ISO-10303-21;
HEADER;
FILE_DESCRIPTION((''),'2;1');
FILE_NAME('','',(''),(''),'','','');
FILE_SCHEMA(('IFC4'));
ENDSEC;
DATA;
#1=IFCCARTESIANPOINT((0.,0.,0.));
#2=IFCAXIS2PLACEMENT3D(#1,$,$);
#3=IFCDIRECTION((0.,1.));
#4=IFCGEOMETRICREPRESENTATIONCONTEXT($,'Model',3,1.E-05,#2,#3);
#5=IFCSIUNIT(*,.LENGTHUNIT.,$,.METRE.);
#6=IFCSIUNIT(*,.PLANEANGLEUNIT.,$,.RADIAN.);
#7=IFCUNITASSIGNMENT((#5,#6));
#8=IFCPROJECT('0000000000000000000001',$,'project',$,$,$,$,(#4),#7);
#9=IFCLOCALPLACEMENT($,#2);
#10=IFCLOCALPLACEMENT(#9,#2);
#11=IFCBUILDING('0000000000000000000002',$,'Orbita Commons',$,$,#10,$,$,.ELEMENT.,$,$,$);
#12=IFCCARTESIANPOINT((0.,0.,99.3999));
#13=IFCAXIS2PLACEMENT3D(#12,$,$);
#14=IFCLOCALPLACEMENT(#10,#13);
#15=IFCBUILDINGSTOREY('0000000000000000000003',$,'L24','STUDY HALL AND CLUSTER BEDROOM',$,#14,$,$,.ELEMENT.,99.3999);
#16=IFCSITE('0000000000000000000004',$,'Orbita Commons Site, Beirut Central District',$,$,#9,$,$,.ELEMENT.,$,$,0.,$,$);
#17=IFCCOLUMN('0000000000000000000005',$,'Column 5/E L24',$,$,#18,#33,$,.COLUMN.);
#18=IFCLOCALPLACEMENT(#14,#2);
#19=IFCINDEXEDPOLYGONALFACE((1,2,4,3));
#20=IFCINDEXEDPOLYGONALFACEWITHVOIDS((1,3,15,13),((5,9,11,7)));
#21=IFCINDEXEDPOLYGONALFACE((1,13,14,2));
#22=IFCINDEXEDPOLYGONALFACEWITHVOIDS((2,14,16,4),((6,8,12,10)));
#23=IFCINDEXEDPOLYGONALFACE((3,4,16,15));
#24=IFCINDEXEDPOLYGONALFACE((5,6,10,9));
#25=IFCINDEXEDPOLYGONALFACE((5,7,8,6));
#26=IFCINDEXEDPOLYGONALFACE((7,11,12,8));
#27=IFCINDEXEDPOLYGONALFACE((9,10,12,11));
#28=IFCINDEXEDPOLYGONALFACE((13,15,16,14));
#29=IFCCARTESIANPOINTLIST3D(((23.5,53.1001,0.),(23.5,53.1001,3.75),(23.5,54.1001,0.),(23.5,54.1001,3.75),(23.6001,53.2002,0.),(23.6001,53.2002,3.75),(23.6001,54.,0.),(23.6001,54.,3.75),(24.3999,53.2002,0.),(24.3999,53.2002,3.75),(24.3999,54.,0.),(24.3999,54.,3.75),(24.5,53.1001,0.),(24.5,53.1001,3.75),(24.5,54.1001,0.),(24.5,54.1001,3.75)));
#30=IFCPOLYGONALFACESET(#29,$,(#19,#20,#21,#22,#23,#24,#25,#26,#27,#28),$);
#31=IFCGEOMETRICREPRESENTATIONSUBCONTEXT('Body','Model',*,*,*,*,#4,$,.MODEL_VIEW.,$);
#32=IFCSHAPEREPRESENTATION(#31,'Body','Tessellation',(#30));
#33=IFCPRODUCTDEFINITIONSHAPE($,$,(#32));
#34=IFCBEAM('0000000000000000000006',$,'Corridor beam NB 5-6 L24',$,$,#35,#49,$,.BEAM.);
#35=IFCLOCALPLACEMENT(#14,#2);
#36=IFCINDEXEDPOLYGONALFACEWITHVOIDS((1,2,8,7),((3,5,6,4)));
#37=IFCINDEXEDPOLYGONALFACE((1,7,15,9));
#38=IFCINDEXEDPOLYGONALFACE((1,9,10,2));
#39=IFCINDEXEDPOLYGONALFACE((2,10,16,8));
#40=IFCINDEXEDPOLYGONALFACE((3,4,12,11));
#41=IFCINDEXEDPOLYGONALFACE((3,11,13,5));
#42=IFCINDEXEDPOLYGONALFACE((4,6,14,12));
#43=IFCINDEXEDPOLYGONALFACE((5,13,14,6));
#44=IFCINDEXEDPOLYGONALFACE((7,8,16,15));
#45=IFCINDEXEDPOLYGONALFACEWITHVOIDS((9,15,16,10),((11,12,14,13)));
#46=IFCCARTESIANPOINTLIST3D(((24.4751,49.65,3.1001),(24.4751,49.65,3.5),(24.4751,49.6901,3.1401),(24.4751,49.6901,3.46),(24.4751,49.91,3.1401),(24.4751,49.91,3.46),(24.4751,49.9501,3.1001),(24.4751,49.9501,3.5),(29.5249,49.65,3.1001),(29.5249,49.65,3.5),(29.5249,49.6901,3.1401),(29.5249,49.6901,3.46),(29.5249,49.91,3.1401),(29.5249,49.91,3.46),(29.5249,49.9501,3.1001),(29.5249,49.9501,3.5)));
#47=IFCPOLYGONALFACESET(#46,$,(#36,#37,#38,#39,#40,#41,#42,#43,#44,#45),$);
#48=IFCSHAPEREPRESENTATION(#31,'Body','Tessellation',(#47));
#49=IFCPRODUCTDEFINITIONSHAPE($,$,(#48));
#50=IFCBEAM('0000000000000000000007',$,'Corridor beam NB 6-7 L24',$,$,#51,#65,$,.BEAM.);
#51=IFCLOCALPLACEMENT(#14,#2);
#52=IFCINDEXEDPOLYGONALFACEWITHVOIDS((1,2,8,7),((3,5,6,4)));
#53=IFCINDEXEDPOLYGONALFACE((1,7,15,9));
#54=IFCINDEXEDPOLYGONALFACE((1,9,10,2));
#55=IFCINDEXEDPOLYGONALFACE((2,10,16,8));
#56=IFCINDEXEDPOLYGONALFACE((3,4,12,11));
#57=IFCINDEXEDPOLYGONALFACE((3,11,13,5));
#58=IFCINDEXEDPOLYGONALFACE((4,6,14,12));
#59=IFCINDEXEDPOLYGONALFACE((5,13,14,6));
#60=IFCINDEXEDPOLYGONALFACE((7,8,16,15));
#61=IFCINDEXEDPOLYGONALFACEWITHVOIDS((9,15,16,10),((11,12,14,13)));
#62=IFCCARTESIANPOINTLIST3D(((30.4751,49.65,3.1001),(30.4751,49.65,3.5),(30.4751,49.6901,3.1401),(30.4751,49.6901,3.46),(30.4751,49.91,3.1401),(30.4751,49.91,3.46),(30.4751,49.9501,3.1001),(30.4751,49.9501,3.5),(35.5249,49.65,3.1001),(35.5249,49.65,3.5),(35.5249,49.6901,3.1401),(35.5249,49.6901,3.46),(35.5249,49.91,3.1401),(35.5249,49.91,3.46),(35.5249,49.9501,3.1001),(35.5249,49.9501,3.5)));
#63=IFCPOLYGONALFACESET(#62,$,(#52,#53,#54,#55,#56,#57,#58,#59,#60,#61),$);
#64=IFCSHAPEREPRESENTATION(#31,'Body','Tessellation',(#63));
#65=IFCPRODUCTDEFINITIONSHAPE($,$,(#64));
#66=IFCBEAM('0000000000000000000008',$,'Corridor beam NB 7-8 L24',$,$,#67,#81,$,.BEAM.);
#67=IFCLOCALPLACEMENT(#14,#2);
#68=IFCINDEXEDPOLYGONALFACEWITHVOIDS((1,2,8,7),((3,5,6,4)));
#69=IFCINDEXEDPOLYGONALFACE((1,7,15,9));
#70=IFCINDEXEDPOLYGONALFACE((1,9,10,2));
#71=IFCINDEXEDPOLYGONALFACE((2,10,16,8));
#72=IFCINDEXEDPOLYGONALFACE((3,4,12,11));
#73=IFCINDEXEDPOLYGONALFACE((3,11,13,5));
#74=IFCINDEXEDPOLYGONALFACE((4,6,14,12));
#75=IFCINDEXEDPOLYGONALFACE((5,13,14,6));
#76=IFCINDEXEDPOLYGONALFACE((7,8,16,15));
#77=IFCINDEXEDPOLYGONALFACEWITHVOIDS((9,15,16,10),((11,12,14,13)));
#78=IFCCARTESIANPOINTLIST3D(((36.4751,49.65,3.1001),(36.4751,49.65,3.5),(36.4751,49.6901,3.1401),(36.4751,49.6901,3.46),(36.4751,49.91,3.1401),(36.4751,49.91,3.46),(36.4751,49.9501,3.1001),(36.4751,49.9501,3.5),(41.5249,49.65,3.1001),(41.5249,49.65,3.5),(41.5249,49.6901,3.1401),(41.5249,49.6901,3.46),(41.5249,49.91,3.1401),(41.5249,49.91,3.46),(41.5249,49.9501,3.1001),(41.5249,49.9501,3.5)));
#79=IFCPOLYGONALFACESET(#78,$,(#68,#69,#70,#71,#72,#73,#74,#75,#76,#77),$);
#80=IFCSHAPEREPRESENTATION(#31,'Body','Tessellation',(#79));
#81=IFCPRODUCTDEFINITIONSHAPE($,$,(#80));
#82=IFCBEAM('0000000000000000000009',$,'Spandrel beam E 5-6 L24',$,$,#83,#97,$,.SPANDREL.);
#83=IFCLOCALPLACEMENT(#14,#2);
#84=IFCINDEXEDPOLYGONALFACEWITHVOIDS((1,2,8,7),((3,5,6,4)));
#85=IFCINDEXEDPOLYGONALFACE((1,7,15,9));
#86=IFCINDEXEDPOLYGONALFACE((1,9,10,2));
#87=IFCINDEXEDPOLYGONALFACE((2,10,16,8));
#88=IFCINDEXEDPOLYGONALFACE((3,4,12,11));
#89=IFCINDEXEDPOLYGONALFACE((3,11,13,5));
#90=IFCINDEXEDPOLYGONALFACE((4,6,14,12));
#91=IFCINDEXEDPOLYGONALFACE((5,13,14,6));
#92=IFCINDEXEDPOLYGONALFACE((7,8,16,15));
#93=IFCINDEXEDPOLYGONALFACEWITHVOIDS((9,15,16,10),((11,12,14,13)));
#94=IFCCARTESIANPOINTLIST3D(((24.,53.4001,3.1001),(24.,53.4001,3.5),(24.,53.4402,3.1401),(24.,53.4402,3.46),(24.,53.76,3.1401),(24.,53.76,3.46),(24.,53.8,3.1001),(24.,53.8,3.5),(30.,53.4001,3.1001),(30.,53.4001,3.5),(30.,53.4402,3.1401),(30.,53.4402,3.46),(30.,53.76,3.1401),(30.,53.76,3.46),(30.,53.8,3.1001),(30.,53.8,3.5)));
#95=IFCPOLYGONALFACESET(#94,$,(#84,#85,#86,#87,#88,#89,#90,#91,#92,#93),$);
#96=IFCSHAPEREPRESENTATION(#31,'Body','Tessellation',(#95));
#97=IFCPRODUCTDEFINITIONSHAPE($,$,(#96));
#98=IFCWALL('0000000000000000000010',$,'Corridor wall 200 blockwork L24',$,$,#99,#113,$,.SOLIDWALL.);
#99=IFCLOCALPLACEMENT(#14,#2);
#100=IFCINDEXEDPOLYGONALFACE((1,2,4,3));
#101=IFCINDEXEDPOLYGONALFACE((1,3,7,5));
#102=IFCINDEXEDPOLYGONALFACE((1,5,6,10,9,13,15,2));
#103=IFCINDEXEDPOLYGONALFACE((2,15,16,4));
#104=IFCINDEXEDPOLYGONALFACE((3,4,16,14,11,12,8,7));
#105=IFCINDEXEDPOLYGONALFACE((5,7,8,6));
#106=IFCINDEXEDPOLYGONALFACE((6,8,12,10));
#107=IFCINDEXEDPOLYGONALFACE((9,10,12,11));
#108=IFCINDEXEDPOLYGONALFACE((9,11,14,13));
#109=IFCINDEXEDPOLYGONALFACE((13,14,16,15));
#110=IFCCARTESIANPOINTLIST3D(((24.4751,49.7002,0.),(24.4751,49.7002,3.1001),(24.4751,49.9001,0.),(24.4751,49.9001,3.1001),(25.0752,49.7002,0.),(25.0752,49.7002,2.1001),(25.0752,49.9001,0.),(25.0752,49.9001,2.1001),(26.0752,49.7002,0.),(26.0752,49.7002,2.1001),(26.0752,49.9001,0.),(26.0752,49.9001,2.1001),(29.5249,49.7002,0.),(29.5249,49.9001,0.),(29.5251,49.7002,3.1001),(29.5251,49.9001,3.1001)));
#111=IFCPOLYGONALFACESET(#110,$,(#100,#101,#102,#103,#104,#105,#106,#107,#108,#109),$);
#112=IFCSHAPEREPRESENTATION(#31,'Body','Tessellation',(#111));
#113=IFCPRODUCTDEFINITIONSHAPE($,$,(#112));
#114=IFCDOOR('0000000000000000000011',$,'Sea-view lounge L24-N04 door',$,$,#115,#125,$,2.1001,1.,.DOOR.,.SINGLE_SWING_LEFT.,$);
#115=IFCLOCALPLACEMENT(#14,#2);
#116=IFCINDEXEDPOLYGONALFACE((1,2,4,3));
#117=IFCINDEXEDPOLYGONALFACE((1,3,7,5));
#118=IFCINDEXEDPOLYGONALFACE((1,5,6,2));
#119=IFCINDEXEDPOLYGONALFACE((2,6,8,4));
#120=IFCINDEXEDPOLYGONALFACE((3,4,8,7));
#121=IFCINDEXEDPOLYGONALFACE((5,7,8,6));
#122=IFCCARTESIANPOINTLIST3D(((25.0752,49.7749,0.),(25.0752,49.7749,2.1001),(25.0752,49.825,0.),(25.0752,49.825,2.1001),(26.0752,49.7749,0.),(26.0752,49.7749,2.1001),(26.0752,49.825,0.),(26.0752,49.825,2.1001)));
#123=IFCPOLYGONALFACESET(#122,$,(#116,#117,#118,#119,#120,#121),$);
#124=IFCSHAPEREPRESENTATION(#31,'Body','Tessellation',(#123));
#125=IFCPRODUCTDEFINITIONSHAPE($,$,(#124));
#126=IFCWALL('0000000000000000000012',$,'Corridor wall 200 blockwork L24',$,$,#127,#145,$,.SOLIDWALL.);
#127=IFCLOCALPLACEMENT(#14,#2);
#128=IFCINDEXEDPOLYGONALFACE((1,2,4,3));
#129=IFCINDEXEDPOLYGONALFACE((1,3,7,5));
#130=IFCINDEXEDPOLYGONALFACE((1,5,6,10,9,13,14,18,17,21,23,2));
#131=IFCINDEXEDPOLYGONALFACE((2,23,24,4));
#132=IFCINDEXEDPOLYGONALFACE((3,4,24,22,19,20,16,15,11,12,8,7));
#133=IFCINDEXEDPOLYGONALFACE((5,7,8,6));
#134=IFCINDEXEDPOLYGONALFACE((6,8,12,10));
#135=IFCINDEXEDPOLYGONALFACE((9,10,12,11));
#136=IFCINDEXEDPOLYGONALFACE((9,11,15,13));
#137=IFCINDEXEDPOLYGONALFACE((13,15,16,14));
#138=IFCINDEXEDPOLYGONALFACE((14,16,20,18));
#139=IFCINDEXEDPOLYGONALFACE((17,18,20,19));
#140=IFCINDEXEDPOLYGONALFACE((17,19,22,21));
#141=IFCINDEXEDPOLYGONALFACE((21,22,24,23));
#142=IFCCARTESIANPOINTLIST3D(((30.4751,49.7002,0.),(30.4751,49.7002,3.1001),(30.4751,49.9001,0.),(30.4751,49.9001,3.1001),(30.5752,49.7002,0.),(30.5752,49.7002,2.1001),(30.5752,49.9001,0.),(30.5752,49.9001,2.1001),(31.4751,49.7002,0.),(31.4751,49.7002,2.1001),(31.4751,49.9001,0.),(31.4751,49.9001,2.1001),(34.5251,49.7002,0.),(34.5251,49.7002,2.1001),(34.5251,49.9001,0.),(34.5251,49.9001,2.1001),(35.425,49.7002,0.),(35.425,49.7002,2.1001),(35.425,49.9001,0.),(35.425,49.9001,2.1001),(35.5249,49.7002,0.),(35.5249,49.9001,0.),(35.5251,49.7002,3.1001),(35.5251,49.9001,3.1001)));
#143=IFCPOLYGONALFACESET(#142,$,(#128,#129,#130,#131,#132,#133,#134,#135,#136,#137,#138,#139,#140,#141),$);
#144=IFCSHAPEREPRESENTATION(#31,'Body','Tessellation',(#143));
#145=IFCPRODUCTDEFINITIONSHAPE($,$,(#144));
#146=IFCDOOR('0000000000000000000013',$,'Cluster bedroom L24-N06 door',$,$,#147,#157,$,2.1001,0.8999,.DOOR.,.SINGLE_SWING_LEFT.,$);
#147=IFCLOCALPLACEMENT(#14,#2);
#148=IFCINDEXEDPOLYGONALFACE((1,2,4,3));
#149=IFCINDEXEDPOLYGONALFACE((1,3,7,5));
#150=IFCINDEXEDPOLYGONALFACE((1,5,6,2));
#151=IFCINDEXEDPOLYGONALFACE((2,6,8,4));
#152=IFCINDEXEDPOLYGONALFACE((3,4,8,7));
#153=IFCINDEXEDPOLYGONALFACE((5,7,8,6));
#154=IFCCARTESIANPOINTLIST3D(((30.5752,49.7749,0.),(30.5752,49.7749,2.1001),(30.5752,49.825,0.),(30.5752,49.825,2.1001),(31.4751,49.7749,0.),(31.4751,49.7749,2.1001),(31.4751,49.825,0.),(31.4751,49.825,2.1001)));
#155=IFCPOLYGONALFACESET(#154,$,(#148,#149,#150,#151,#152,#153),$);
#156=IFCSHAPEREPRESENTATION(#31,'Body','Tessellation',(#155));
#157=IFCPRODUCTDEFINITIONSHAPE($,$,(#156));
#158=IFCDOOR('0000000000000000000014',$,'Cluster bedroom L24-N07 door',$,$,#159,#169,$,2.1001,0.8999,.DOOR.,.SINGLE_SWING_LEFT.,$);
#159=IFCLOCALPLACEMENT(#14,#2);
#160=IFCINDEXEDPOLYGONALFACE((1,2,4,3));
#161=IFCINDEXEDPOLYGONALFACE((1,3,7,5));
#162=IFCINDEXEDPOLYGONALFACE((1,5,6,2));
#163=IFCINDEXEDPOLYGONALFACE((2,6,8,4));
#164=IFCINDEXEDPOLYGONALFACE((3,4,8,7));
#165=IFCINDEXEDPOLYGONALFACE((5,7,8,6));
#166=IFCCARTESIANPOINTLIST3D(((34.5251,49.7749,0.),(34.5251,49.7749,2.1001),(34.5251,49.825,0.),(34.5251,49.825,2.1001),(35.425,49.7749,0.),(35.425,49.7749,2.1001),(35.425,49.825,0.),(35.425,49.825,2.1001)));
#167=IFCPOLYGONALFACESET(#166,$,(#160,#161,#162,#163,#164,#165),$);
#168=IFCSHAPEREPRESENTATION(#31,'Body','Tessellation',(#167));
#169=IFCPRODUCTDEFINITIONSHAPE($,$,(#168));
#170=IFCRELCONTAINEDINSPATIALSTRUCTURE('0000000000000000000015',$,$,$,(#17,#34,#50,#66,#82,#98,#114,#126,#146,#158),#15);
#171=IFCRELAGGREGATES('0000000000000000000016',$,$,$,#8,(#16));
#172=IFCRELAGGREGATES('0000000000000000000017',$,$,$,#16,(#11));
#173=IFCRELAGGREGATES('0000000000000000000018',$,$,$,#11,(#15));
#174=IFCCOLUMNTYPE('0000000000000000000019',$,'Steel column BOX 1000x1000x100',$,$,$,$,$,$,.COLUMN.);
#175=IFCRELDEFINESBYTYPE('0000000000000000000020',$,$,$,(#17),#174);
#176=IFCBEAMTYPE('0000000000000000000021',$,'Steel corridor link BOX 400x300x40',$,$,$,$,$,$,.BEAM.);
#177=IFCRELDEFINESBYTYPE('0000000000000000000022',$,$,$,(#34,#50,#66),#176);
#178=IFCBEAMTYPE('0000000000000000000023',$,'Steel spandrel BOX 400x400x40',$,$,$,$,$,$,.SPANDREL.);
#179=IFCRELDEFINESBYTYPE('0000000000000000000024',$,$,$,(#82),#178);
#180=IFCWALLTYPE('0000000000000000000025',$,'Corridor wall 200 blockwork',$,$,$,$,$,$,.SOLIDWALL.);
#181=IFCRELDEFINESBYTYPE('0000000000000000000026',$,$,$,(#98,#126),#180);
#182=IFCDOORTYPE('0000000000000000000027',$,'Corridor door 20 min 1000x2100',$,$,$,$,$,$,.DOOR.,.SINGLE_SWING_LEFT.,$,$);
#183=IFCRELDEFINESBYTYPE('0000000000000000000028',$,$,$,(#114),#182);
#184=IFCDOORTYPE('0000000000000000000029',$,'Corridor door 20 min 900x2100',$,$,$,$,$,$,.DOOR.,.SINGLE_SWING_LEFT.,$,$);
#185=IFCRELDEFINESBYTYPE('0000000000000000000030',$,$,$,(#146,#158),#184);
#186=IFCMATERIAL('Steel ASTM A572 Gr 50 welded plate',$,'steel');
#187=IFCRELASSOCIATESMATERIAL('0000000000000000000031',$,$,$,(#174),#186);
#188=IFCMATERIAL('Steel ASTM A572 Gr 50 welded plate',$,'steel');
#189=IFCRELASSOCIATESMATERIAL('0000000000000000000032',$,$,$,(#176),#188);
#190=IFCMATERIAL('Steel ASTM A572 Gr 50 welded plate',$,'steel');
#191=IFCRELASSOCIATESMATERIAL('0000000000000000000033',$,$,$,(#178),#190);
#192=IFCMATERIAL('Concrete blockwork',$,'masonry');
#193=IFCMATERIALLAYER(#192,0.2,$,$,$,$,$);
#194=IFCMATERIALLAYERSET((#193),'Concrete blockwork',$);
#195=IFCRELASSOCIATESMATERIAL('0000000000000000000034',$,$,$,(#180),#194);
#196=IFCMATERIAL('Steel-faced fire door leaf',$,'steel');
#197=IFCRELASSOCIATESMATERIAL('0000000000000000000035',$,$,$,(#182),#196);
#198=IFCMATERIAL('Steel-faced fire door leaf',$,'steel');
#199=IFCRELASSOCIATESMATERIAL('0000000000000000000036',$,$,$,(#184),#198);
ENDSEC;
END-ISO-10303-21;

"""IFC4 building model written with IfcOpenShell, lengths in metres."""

from ifc_helpers import new_model, si_unit, direction, frame, frame_2d, origin, origin_2d, place, context, subcontext, project, spatial, polyline, rectangle, hollow_rectangle, outline, extrude, material, layer, layer_set, material_profile, profile_set, type_object, element, fill, save


model = new_model("IFC4")

# Units and contexts
model_context = context("Model", 3, precision=1e-05, world=origin(), true_north=direction((0.0, 1.0)))
body_context = subcontext(model_context, "Body", "Model", "MODEL_VIEW")
ifc_project = project(units=[si_unit("LENGTHUNIT", "METRE"), si_unit("PLANEANGLEUNIT", "RADIAN")], contexts=[model_context])

# Site, building, storey
site_placement = place(None, origin())
site = spatial("IfcSite", under=ifc_project, at=site_placement, Name="Orbita Commons Site, Beirut Central District", CompositionType="ELEMENT", RefElevation=0.0)
building_placement = place(site_placement, origin())
building = spatial("IfcBuilding", under=site, at=building_placement, Name="Orbita Commons", CompositionType="ELEMENT")
storey_placement = place(building_placement, frame((0.0, 0.0, 99.3999)))
storey = spatial("IfcBuildingStorey", under=building, at=storey_placement, Name="L24", Description="STUDY HALL AND CLUSTER BEDROOM", CompositionType="ELEMENT", Elevation=99.3999)

# Column
ifc_material_1 = material(Name="Steel ASTM A572 Gr 50 welded plate", Category="steel")
ifc_material_profile_1 = material_profile(ifc_material_1, hollow_rectangle(XDim=1.0, YDim=1.0, WallThickness=0.1001, at=origin_2d()), Name="BOX 1000x1000x100")
ifc_profile_set_1 = profile_set([ifc_material_profile_1], Name="Steel ASTM A572 Gr 50 welded plate")
column_type = type_object("IfcColumnType", Name="Steel column BOX 1000x1000x100", PredefinedType="COLUMN", material=ifc_profile_set_1)
column_placement = place(storey_placement, frame((24.0, 53.6001, 0.0), z_axis=(0.0, 0.0, 1.0), x_axis=(1.0, 0.0, 0.0)))
element("IfcColumn", 1, at=column_placement, inside=storey, type_object=column_type, Name="Column 5/E L24", PredefinedType="COLUMN", context=body_context, shape_type="SweptSolid", body=[
    extrude(hollow_rectangle(XDim=1.0, YDim=1.0, WallThickness=0.1001, at=origin_2d()), origin(), (0.0, 0.0, 1.0), 3.75),
])

# Beams
ifc_material_2 = material(Name="Steel ASTM A572 Gr 50 welded plate", Category="steel")
ifc_material_profile_2 = material_profile(ifc_material_2, hollow_rectangle(XDim=0.3, YDim=0.3999, WallThickness=0.04, at=origin_2d()), Name="BOX 400x300x40")
ifc_profile_set_2 = profile_set([ifc_material_profile_2], Name="Steel ASTM A572 Gr 50 welded plate")
beam_type_1 = type_object("IfcBeamType", Name="Steel corridor link BOX 400x300x40", PredefinedType="BEAM", material=ifc_profile_set_2)
for number, where, z_axis, x_axis, name in (
    (2, (24.4751, 49.8, 3.3), (1.0, 0.0, 0.0), (0.0, 1.0, 0.0), "Corridor beam NB 5-6 L24"),
    (3, (30.4751, 49.8, 3.3), (1.0, 0.0, 0.0), (0.0, 1.0, 0.0), "Corridor beam NB 6-7 L24"),
    (4, (36.4751, 49.8, 3.3), (1.0, 0.0, 0.0), (0.0, 1.0, 0.0), "Corridor beam NB 7-8 L24"),
):
    element("IfcBeam", number, at=place(storey_placement, frame(where, z_axis=z_axis, x_axis=x_axis)), inside=storey, type_object=beam_type_1, Name=name, PredefinedType="BEAM", context=body_context, shape_type="SweptSolid", body=[
        extrude(hollow_rectangle(XDim=0.3, YDim=0.3999, WallThickness=0.04, at=origin_2d()), origin(), (0.0, 0.0, 1.0), 5.0498),
    ])
ifc_material_3 = material(Name="Steel ASTM A572 Gr 50 welded plate", Category="steel")
ifc_material_profile_3 = material_profile(ifc_material_3, hollow_rectangle(XDim=0.3999, YDim=0.3999, WallThickness=0.04, at=origin_2d()), Name="BOX 400x400x40")
ifc_profile_set_3 = profile_set([ifc_material_profile_3], Name="Steel ASTM A572 Gr 50 welded plate")
beam_type_2 = type_object("IfcBeamType", Name="Steel spandrel BOX 400x400x40", PredefinedType="SPANDREL", material=ifc_profile_set_3)
beam_placement = place(storey_placement, frame((24.0, 53.6001, 3.3), z_axis=(1.0, 0.0, 0.0), x_axis=(0.0, 1.0, 0.0)))
element("IfcBeam", 5, at=beam_placement, inside=storey, type_object=beam_type_2, Name="Spandrel beam E 5-6 L24", PredefinedType="SPANDREL", context=body_context, shape_type="SweptSolid", body=[
    extrude(hollow_rectangle(XDim=0.3999, YDim=0.3999, WallThickness=0.04, at=origin_2d()), origin(), (0.0, 0.0, 1.0), 6.0),
])

# Wall, opening, door
ifc_material_4 = material(Name="Concrete blockwork", Category="masonry")
ifc_layer_1 = layer(ifc_material_4, 0.2)
ifc_layer_set_1 = layer_set([ifc_layer_1], Name="Concrete blockwork")
wall_type_1 = type_object("IfcWallType", Name="Corridor wall 200 blockwork", PredefinedType="SOLIDWALL", material=ifc_layer_set_1)
wall_1_placement = place(storey_placement, frame((24.4751, 49.8, 0.0), z_axis=(0.0, 0.0, 1.0), x_axis=(1.0, 0.0, 0.0)))
wall_1 = element("IfcWall", 6, at=wall_1_placement, inside=storey, type_object=wall_type_1, Name="Corridor wall 200 blockwork L24", PredefinedType="SOLIDWALL", context=body_context, shape_type="SweptSolid", body=[
    extrude(outline(polyline([(0.0, 0.0), (5.0498, 0.0), (5.05, 3.1001), (0.0, 3.1001), (0.0, 0.0)])), frame((0.0, 0.1001, 0.0), z_axis=(0.0, -1.0, 0.0), x_axis=(1.0, 0.0, 0.0)), (0.0, 0.0, 1.0), 0.2),
])
opening_1_placement = place(wall_1_placement, frame((0.6001, 0.0, 0.0)))
opening_1 = element("IfcOpeningElement", 7, at=opening_1_placement, cuts=wall_1, PredefinedType="OPENING", context=body_context, shape_type="SweptSolid", body=[
    extrude(rectangle(XDim=1.0, YDim=2.1001, at=frame_2d((0.5, 1.05))), frame((0.0, 0.1099, 0.0), z_axis=(0.0, -1.0, 0.0), x_axis=(1.0, 0.0, 0.0)), (0.0, 0.0, 1.0), 0.22),
])
ifc_material_5 = material(Name="Steel-faced fire door leaf", Category="steel")
door_type_1 = type_object("IfcDoorType", Name="Corridor door 20 min 1000x2100", OperationType="SINGLE_SWING_LEFT", PredefinedType="DOOR", material=ifc_material_5)
door_1_placement = place(opening_1_placement, origin())
door_1 = element("IfcDoor", 8, at=door_1_placement, inside=storey, type_object=door_type_1, Name="Sea-view lounge L24-N04 door", OperationType="SINGLE_SWING_LEFT", OverallHeight=2.1001, OverallWidth=1.0, PredefinedType="DOOR", context=body_context, shape_type="SweptSolid", body=[
    extrude(rectangle(XDim=1.0, YDim=2.1001, at=frame_2d((0.5, 1.05))), frame((0.0, 0.0249, 0.0), z_axis=(0.0, -1.0, 0.0), x_axis=(1.0, 0.0, 0.0)), (0.0, 0.0, 1.0), 0.05),
])
fill(opening_1, door_1)

# Wall, openings, doors
wall_2_placement = place(storey_placement, frame((30.4751, 49.8, 0.0), z_axis=(0.0, 0.0, 1.0), x_axis=(1.0, 0.0, 0.0)))
wall_2 = element("IfcWall", 9, at=wall_2_placement, inside=storey, type_object=wall_type_1, Name="Corridor wall 200 blockwork L24", PredefinedType="SOLIDWALL", context=body_context, shape_type="SweptSolid", body=[
    extrude(outline(polyline([(0.0, 0.0), (5.0498, 0.0), (5.05, 3.1001), (0.0, 3.1001), (0.0, 0.0)])), frame((0.0, 0.1001, 0.0), z_axis=(0.0, -1.0, 0.0), x_axis=(1.0, 0.0, 0.0)), (0.0, 0.0, 1.0), 0.2),
])
opening_2_placement = place(wall_2_placement, frame((0.1001, 0.0, 0.0)))
opening_2 = element("IfcOpeningElement", 10, at=opening_2_placement, cuts=wall_2, PredefinedType="OPENING", context=body_context, shape_type="SweptSolid", body=[
    extrude(rectangle(XDim=0.8999, YDim=2.1001, at=frame_2d((0.45, 1.05))), frame((0.0, 0.1099, 0.0), z_axis=(0.0, -1.0, 0.0), x_axis=(1.0, 0.0, 0.0)), (0.0, 0.0, 1.0), 0.22),
])
opening_3_placement = place(wall_2_placement, frame((4.05, 0.0, 0.0)))
opening_3 = element("IfcOpeningElement", 11, at=opening_3_placement, cuts=wall_2, PredefinedType="OPENING", context=body_context, shape_type="SweptSolid", body=[
    extrude(rectangle(XDim=0.8999, YDim=2.1001, at=frame_2d((0.45, 1.05))), frame((0.0, 0.1099, 0.0), z_axis=(0.0, -1.0, 0.0), x_axis=(1.0, 0.0, 0.0)), (0.0, 0.0, 1.0), 0.22),
])
ifc_material_6 = material(Name="Steel-faced fire door leaf", Category="steel")
door_type_2 = type_object("IfcDoorType", Name="Corridor door 20 min 900x2100", OperationType="SINGLE_SWING_LEFT", PredefinedType="DOOR", material=ifc_material_6)
door_2_placement = place(opening_2_placement, origin())
door_2 = element("IfcDoor", 12, at=door_2_placement, inside=storey, type_object=door_type_2, Name="Cluster bedroom L24-N06 door", OperationType="SINGLE_SWING_LEFT", OverallHeight=2.1001, OverallWidth=0.8999, PredefinedType="DOOR", context=body_context, shape_type="SweptSolid", body=[
    extrude(rectangle(XDim=0.8999, YDim=2.1001, at=frame_2d((0.45, 1.05))), frame((0.0, 0.0249, 0.0), z_axis=(0.0, -1.0, 0.0), x_axis=(1.0, 0.0, 0.0)), (0.0, 0.0, 1.0), 0.05),
])
fill(opening_2, door_2)
door_3_placement = place(opening_3_placement, origin())
door_3 = element("IfcDoor", 13, at=door_3_placement, inside=storey, type_object=door_type_2, Name="Cluster bedroom L24-N07 door", OperationType="SINGLE_SWING_LEFT", OverallHeight=2.1001, OverallWidth=0.8999, PredefinedType="DOOR", context=body_context, shape_type="SweptSolid", body=[
    extrude(rectangle(XDim=0.8999, YDim=2.1001, at=frame_2d((0.45, 1.05))), frame((0.0, 0.0249, 0.0), z_axis=(0.0, -1.0, 0.0), x_axis=(1.0, 0.0, 0.0)), (0.0, 0.0, 1.0), 0.05),
])
fill(opening_3, door_3)

save(model, "model.ifc")
